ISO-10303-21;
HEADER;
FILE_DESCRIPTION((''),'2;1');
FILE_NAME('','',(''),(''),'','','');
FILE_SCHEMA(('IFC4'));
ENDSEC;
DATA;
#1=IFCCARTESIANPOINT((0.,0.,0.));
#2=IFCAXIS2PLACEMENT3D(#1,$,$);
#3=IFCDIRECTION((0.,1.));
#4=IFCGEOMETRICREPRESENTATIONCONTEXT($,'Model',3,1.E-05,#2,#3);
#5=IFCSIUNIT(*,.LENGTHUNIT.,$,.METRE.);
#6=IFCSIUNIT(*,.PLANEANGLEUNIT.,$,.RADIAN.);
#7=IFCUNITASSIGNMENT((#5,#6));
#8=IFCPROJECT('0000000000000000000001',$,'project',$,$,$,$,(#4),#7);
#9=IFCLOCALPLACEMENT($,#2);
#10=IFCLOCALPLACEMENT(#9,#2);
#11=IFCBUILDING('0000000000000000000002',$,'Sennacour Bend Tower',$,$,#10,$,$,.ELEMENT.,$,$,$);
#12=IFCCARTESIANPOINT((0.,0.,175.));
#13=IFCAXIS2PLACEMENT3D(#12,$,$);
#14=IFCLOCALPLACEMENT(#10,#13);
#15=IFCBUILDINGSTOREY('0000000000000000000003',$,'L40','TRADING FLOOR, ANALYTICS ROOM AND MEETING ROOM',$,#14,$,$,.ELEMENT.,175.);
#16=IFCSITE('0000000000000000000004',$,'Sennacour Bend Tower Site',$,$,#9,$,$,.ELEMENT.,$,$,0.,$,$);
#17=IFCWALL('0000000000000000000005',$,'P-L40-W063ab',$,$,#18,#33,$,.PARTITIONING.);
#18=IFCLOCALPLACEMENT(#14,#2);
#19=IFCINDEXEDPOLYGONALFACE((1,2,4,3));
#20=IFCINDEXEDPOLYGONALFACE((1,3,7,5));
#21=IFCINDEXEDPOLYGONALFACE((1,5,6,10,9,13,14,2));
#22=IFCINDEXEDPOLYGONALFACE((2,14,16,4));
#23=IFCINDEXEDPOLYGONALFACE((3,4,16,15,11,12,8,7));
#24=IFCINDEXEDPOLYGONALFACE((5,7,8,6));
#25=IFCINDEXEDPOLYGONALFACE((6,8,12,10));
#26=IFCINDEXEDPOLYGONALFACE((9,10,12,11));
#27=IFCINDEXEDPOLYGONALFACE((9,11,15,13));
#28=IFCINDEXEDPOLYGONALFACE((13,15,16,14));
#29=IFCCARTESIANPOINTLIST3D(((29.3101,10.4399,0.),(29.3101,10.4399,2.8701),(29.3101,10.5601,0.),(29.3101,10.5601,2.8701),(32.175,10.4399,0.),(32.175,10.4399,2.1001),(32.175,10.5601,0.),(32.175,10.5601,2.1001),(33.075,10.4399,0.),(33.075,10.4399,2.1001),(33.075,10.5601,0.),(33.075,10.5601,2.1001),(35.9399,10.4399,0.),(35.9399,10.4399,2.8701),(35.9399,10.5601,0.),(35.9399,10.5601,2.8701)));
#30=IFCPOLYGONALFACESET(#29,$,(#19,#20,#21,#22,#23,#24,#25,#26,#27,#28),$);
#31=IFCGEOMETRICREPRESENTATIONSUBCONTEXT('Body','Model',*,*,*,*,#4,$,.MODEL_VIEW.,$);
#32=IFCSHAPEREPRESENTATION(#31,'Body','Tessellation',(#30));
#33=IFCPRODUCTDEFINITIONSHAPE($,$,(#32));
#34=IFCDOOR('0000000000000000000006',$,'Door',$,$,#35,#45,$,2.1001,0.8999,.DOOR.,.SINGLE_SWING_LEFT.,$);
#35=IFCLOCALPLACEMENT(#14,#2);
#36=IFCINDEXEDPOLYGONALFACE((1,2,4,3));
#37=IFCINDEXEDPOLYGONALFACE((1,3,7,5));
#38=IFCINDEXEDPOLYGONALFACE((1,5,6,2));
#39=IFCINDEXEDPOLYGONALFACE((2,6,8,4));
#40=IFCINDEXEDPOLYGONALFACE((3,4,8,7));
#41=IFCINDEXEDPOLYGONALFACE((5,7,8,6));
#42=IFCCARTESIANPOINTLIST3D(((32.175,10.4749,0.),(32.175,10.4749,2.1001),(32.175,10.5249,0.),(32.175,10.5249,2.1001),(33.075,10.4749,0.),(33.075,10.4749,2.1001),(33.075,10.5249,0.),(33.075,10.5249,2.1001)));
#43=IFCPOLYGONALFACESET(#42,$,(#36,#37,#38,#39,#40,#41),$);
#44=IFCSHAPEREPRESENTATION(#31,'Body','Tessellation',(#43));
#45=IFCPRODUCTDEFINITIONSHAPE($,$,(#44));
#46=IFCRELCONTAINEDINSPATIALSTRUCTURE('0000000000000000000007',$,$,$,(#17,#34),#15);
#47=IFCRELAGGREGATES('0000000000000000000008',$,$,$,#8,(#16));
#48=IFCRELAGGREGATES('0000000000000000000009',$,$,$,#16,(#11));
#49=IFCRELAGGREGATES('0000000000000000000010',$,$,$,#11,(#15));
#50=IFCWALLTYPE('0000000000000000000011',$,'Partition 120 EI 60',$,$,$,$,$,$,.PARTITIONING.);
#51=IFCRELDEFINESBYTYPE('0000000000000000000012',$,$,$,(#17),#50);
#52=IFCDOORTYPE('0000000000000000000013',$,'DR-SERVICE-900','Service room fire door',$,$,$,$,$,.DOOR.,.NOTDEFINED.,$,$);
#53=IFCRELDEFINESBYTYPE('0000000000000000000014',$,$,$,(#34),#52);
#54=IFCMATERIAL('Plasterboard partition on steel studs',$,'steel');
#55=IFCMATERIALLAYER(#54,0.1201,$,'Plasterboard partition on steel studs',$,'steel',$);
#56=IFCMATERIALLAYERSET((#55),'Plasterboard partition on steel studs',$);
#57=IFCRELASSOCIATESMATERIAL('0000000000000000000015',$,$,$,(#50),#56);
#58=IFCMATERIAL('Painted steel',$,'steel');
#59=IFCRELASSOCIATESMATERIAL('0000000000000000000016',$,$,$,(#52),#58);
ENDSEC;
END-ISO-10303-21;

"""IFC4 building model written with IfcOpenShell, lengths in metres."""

from ifc_helpers import new_model, si_unit, direction, frame, frame_2d, origin, place, context, subcontext, project, spatial, rectangle, extrude, material, layer, layer_set, type_object, element, fill, save


model = new_model("IFC4")

# Units and contexts
model_context = context("Model", 3, precision=1e-05, world=origin(), true_north=direction((0.0, 1.0)))
body_context = subcontext(model_context, "Body", "Model", "MODEL_VIEW")
ifc_project = project(units=[si_unit("LENGTHUNIT", "METRE"), si_unit("PLANEANGLEUNIT", "RADIAN")], contexts=[model_context])

# Site, building, storey
site_placement = place(None, origin())
site = spatial("IfcSite", under=ifc_project, at=site_placement, Name="Sennacour Bend Tower Site", CompositionType="ELEMENT", RefElevation=0.0)
building_placement = place(site_placement, origin())
building = spatial("IfcBuilding", under=site, at=building_placement, Name="Sennacour Bend Tower", CompositionType="ELEMENT")
storey_placement = place(building_placement, frame((0.0, 0.0, 175.0)))
storey = spatial("IfcBuildingStorey", under=building, at=storey_placement, Name="L40", Description="TRADING FLOOR, ANALYTICS ROOM AND MEETING ROOM", CompositionType="ELEMENT", Elevation=175.0)

# Shared definitions
ifc_material_1 = material(Name="Plasterboard partition on steel studs", Category="steel")

# Shared definitions
ifc_material_2 = material(Name="Painted steel", Category="steel")

# Wall, opening, door
ifc_layer_1 = layer(ifc_material_1, 0.1201, Name="Plasterboard partition on steel studs", Category="steel")
ifc_layer_set_1 = layer_set([ifc_layer_1], Name="Plasterboard partition on steel studs")
wall_type_1 = type_object("IfcWallType", Name="Partition 120 EI 60", PredefinedType="PARTITIONING", material=ifc_layer_set_1)
wall_1_placement = place(storey_placement, frame((29.3101, 10.5, 0.0), z_axis=(0.0, 0.0, 1.0), x_axis=(1.0, 0.0, 0.0)))
wall_1 = element("IfcWall", 1, at=wall_1_placement, inside=storey, type_object=wall_type_1, Name="P-L40-W063ab", PredefinedType="PARTITIONING", context=body_context, shape_type="SweptSolid", body=[
    extrude(rectangle(XDim=6.6299, YDim=0.1201, at=frame_2d((3.3149, 0.0))), origin(), (0.0, 0.0, 1.0), 2.8701),
])
opening_1_placement = place(wall_1_placement, frame((2.865, 0.0, 0.0)))
opening_1 = element("IfcOpeningElement", 2, at=opening_1_placement, cuts=wall_1, PredefinedType="OPENING", context=body_context, shape_type="SweptSolid", body=[
    extrude(rectangle(XDim=0.8999, YDim=2.1001, at=frame_2d((0.45, 1.05))), frame((0.0, 0.0701, 0.0), z_axis=(0.0, -1.0, 0.0), x_axis=(1.0, 0.0, 0.0)), (0.0, 0.0, 1.0), 0.1401),
])
door_type_1 = type_object("IfcDoorType", Name="DR-SERVICE-900", Description="Service room fire door", OperationType="NOTDEFINED", PredefinedType="DOOR", material=ifc_material_2)
door_1_placement = place(opening_1_placement, origin())
door_1 = element("IfcDoor", 3, at=door_1_placement, inside=storey, type_object=door_type_1, Name="Door", OperationType="SINGLE_SWING_LEFT", OverallHeight=2.1001, OverallWidth=0.8999, PredefinedType="DOOR", context=body_context, shape_type="SweptSolid", body=[
    extrude(rectangle(XDim=0.8999, YDim=2.1001, at=frame_2d((0.45, 1.05))), frame((0.0, 0.0249, 0.0), z_axis=(0.0, -1.0, 0.0), x_axis=(1.0, 0.0, 0.0)), (0.0, 0.0, 1.0), 0.05),
])
fill(opening_1, door_1)

save(model, "model.ifc")
